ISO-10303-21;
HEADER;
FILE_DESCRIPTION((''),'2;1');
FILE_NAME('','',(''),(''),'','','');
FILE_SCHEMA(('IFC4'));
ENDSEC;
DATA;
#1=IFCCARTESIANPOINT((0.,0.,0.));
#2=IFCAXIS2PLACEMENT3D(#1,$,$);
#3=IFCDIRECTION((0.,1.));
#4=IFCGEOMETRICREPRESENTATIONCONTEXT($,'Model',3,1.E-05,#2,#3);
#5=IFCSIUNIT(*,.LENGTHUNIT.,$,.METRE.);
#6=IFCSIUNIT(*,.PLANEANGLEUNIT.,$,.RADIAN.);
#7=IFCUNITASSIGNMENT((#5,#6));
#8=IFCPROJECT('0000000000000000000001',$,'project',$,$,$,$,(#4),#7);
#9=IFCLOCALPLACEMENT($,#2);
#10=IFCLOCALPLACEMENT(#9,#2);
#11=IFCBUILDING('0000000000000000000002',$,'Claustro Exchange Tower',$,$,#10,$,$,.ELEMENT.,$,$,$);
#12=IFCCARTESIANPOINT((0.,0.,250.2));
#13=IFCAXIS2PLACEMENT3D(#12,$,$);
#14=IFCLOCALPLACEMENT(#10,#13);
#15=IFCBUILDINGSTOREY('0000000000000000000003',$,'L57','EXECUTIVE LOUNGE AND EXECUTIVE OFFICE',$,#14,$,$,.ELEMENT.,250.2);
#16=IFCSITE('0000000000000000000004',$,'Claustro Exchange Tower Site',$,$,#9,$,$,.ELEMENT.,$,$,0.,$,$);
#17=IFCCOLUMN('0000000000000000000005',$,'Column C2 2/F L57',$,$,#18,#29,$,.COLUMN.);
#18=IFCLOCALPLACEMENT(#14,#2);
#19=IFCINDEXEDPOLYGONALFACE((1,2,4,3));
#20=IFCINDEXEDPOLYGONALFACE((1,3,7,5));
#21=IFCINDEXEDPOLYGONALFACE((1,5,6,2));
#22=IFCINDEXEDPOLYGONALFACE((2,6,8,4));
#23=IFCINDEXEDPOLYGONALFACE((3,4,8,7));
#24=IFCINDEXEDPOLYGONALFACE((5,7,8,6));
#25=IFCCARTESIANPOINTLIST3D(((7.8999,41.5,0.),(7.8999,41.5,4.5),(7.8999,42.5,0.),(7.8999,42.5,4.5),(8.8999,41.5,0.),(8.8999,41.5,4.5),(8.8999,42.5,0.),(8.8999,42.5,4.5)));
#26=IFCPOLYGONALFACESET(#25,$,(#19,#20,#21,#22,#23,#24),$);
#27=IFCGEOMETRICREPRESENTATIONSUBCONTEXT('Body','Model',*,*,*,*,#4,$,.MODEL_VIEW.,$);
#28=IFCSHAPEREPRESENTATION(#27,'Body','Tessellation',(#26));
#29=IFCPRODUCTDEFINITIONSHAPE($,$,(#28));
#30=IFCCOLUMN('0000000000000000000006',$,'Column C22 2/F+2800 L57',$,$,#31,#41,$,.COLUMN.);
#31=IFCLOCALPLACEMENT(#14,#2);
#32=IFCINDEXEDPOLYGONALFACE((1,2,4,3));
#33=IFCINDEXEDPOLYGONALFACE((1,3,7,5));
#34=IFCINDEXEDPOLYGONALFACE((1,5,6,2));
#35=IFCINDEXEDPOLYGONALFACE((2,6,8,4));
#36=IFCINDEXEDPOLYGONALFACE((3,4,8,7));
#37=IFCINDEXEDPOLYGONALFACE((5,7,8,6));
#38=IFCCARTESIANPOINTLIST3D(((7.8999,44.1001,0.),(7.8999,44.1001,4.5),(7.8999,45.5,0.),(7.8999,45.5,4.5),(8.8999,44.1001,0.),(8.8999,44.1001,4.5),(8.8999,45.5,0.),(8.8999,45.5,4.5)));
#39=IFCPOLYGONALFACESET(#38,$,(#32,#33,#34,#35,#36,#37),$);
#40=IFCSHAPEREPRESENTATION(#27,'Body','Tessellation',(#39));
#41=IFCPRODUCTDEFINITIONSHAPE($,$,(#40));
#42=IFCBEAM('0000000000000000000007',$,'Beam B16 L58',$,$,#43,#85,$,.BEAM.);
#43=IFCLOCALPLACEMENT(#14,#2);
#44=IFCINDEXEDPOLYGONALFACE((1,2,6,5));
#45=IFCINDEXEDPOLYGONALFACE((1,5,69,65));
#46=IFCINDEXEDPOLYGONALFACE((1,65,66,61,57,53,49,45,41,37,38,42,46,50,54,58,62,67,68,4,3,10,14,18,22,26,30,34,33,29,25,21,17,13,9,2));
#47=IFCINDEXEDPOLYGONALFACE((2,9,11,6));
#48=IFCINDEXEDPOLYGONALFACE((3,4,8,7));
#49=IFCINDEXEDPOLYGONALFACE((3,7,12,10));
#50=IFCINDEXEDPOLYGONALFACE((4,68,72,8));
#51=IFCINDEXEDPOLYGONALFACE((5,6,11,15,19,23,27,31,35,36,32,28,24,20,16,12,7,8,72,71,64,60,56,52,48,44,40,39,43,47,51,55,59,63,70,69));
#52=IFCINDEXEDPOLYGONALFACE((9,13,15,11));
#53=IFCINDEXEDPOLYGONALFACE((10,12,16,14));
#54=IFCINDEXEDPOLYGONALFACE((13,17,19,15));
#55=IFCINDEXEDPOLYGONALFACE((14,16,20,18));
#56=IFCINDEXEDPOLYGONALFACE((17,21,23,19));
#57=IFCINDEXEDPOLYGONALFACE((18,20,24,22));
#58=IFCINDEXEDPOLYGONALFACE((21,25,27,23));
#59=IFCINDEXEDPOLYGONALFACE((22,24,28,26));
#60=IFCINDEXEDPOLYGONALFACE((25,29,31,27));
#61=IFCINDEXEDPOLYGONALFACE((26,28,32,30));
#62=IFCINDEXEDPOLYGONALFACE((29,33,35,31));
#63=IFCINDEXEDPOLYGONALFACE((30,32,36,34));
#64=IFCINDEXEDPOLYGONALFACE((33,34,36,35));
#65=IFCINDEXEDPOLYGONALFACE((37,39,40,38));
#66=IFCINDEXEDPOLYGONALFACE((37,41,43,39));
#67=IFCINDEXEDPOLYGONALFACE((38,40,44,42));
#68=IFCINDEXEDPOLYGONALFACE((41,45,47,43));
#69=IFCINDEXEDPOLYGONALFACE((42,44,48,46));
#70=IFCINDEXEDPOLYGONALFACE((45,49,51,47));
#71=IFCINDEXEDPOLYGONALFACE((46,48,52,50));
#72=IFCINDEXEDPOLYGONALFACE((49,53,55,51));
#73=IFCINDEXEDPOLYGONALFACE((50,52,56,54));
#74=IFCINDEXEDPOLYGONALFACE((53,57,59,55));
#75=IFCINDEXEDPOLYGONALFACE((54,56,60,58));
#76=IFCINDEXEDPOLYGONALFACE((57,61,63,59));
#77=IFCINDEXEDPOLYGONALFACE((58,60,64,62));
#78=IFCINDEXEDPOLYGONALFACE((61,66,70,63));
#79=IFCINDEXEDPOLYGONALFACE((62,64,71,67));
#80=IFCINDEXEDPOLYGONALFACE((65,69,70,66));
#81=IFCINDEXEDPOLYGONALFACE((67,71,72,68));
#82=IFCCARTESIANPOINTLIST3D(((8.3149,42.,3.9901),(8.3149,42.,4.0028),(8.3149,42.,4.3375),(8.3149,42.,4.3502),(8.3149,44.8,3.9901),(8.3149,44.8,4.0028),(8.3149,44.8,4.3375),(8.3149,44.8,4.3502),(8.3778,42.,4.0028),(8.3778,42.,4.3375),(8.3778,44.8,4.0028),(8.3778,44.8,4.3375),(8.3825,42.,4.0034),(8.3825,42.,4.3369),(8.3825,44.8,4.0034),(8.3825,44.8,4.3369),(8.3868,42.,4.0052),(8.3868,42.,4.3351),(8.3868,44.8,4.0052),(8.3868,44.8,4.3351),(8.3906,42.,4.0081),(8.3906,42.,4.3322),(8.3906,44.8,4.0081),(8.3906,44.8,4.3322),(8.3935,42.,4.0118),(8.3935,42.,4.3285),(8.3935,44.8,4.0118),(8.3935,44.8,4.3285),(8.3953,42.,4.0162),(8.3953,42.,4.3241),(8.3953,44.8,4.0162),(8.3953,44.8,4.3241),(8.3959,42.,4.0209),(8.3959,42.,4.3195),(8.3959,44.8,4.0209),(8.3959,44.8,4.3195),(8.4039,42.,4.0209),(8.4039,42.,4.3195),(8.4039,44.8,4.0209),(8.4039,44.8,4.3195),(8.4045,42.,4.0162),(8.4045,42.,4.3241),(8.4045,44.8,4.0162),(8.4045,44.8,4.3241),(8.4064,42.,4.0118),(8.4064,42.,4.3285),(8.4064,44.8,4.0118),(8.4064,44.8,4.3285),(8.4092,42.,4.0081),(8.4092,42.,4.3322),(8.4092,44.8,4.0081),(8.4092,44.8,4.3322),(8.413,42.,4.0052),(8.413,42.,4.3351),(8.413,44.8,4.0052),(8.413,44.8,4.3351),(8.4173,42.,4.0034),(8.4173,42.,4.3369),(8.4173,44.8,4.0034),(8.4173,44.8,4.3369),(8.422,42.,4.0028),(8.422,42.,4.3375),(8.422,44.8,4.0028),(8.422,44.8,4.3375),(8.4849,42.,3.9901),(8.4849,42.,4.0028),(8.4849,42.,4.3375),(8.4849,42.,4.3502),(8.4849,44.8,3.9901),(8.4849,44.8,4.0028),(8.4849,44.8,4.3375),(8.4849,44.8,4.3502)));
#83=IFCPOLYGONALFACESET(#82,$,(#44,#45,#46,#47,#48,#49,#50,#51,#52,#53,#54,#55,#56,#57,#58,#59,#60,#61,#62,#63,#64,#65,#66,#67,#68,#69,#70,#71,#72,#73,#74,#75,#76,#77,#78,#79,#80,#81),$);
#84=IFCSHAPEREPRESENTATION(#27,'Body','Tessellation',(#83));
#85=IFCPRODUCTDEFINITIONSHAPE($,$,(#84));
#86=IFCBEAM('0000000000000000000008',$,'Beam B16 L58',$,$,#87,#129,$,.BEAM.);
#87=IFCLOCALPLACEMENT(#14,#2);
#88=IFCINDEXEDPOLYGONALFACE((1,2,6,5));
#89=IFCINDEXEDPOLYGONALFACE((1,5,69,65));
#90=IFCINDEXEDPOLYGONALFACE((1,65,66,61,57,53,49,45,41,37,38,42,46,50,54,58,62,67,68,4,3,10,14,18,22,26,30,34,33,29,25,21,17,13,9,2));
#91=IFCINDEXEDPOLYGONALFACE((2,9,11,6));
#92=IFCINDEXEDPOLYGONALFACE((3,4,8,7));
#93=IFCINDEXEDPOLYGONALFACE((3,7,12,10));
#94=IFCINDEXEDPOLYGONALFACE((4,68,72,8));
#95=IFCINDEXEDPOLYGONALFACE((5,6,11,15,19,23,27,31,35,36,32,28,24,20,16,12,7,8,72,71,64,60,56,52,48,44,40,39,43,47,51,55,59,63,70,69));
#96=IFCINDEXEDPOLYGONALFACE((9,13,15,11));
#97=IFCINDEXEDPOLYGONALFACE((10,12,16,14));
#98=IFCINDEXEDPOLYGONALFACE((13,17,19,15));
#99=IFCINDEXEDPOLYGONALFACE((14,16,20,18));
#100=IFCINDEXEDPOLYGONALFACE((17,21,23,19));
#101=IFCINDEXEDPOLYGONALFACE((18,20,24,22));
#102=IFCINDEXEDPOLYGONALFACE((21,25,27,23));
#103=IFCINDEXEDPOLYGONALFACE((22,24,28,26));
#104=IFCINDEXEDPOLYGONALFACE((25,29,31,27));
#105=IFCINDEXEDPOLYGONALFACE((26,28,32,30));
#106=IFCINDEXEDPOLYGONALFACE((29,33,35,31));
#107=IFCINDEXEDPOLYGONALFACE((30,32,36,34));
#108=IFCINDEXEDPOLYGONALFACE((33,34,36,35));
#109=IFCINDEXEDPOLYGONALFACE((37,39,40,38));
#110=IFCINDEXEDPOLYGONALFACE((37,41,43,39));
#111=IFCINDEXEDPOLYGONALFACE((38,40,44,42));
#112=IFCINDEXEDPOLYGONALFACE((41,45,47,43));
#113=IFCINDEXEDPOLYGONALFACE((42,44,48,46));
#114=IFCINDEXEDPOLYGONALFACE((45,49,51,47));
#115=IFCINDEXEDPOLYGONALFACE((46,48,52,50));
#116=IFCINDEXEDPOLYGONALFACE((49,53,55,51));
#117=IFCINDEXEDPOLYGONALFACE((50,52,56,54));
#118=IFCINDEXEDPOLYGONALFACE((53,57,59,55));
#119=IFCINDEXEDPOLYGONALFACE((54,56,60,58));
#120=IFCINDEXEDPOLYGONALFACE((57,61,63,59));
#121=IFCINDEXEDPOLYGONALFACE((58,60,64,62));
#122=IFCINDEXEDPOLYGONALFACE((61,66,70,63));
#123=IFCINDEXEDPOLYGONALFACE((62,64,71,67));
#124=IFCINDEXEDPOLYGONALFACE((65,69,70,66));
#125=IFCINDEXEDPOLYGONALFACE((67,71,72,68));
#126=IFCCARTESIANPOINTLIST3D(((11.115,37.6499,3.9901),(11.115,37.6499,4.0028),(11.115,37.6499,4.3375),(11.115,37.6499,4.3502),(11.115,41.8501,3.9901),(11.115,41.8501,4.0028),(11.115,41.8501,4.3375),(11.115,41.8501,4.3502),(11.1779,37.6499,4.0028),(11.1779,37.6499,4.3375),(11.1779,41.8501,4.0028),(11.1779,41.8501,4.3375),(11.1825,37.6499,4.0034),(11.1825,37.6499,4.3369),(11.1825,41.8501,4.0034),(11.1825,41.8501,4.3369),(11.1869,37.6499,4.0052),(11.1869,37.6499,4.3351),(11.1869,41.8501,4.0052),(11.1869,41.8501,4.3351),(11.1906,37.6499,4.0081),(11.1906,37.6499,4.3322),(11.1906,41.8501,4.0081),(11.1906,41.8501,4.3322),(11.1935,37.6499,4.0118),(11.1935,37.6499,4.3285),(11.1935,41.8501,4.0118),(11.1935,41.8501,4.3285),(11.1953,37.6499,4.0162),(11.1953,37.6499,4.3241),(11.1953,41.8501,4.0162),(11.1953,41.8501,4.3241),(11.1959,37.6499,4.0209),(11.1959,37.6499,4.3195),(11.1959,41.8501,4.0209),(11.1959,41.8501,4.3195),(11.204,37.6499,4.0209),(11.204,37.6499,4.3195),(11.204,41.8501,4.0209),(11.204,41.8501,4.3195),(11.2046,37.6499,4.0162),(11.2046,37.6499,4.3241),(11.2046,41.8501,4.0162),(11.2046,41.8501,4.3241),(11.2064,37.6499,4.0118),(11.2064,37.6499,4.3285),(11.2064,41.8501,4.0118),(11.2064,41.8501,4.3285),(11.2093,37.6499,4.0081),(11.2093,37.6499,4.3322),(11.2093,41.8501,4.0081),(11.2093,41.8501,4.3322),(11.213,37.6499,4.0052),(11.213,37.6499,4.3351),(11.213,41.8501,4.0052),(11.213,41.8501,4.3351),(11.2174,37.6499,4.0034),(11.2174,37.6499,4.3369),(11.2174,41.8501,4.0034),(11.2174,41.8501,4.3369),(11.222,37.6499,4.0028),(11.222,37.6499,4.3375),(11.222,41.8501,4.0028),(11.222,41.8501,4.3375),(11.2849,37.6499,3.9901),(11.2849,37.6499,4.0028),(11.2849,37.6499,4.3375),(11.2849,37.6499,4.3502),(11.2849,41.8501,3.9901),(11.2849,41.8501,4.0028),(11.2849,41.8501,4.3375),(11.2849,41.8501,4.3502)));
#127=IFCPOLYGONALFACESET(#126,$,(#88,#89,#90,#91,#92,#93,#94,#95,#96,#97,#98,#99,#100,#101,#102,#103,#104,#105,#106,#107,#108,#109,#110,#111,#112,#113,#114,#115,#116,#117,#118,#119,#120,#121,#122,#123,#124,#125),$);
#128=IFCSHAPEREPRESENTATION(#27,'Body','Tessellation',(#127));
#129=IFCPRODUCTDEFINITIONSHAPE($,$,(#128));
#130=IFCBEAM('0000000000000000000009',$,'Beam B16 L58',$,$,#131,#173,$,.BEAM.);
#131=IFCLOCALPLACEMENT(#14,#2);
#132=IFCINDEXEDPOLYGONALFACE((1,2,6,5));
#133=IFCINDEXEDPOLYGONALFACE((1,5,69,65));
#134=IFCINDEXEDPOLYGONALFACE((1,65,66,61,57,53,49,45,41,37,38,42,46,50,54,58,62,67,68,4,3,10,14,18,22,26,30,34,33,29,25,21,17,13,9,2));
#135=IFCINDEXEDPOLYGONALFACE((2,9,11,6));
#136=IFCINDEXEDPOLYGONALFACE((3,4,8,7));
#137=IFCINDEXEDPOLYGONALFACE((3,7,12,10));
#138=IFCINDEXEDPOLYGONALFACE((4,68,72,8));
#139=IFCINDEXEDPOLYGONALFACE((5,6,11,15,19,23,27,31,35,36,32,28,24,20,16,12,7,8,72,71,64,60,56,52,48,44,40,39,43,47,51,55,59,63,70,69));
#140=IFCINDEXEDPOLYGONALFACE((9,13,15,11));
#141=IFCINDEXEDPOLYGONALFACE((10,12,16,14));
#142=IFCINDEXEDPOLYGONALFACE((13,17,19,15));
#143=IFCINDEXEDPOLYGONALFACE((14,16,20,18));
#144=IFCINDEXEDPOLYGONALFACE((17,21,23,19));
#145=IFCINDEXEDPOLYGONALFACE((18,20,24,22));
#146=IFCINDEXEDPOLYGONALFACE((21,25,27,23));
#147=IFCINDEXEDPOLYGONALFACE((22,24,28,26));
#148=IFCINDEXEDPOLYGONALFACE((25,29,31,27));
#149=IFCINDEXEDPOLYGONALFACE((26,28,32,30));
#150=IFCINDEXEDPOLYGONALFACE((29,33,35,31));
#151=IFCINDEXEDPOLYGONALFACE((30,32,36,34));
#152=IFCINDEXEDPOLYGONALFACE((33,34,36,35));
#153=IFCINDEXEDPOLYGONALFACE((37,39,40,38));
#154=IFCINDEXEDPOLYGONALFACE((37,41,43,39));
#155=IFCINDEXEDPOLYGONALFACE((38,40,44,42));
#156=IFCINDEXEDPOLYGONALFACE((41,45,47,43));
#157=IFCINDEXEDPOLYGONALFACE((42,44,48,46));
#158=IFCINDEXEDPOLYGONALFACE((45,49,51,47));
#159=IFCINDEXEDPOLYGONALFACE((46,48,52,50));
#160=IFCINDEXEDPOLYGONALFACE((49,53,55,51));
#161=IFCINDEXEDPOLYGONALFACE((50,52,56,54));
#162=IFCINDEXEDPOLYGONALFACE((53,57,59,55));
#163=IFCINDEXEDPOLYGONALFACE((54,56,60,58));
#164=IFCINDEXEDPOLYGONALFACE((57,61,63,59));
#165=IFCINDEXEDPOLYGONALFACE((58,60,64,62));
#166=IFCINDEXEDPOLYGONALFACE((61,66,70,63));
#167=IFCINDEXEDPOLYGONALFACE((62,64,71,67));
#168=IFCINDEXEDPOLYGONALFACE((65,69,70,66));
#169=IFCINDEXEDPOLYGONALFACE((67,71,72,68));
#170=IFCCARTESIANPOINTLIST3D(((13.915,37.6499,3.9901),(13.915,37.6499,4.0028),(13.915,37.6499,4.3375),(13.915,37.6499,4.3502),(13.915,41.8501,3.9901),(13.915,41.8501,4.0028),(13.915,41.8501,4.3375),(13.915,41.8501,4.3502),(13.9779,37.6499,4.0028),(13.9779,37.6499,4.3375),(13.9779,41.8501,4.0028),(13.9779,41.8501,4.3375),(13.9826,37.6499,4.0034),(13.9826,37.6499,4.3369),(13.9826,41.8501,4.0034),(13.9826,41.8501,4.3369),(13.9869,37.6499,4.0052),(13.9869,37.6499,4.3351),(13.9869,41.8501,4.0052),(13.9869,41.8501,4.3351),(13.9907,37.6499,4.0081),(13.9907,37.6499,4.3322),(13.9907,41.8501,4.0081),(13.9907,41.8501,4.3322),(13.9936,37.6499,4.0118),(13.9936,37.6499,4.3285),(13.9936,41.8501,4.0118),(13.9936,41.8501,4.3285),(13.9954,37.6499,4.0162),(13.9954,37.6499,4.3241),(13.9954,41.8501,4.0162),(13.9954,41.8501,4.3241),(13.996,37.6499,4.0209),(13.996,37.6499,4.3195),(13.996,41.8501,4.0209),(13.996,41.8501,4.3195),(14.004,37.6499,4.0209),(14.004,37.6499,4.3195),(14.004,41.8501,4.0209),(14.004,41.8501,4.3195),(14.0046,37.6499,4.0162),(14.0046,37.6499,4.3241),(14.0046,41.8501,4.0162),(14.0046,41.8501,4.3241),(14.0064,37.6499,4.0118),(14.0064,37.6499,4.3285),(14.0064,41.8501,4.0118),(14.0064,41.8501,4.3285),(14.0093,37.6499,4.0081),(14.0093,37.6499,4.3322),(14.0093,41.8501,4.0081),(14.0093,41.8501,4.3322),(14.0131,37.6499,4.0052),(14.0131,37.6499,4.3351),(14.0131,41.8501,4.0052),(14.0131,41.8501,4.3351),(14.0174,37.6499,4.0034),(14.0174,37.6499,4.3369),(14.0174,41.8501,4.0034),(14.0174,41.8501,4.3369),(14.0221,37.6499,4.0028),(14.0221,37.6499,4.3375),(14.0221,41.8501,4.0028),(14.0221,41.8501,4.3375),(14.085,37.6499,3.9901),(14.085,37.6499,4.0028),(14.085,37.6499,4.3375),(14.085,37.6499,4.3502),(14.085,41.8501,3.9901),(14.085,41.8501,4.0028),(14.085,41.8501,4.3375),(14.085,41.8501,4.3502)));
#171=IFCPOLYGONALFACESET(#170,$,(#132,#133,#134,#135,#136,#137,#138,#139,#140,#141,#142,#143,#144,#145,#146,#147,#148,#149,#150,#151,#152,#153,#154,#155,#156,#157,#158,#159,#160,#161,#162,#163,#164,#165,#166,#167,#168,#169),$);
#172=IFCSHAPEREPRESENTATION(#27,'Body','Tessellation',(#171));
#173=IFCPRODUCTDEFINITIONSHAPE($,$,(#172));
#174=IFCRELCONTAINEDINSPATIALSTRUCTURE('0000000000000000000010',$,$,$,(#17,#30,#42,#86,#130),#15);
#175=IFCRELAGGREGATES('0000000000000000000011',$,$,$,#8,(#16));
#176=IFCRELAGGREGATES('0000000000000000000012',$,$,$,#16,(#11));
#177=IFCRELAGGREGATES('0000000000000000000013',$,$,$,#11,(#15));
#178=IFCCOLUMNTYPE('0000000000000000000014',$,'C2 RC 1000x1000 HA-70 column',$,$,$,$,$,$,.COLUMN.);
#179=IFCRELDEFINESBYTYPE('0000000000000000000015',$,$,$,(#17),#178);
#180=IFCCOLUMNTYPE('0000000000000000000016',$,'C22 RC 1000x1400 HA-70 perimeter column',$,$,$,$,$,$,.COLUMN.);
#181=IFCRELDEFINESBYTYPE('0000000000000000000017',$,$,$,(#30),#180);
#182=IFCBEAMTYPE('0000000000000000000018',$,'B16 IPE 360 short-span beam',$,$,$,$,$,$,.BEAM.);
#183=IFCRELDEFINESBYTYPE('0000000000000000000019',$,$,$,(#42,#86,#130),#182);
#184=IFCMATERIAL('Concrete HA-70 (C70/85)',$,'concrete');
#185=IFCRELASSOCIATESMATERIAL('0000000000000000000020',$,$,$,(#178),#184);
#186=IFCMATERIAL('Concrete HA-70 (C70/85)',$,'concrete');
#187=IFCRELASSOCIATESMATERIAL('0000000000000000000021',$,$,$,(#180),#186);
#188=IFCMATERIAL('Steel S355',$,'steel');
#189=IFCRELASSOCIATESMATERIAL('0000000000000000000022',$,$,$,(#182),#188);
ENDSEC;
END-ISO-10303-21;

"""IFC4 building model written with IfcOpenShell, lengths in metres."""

from ifc_helpers import new_model, si_unit, direction, frame, origin, origin_2d, place, context, subcontext, project, spatial, rectangle, i_section, extrude, material, material_profile, profile_set, type_object, element, save


model = new_model("IFC4")

# Units and contexts
model_context = context("Model", 3, precision=1e-05, world=origin(), true_north=direction((0.0, 1.0)))
body_context = subcontext(model_context, "Body", "Model", "MODEL_VIEW")
ifc_project = project(units=[si_unit("LENGTHUNIT", "METRE"), si_unit("PLANEANGLEUNIT", "RADIAN")], contexts=[model_context])

# Site, building, storey
site_placement = place(None, origin())
site = spatial("IfcSite", under=ifc_project, at=site_placement, Name="Claustro Exchange Tower Site", CompositionType="ELEMENT", RefElevation=0.0)
building_placement = place(site_placement, origin())
building = spatial("IfcBuilding", under=site, at=building_placement, Name="Claustro Exchange Tower", CompositionType="ELEMENT")
storey_placement = place(building_placement, frame((0.0, 0.0, 250.2)))
storey = spatial("IfcBuildingStorey", under=building, at=storey_placement, Name="L57", Description="EXECUTIVE LOUNGE AND EXECUTIVE OFFICE", CompositionType="ELEMENT", Elevation=250.2)

# Columns
ifc_material_1 = material(Name="Concrete HA-70 (C70/85)", Category="concrete")
ifc_material_profile_1 = material_profile(ifc_material_1, rectangle(XDim=1.0, YDim=1.0, at=origin_2d()), Name="RC 1000x1000")
ifc_profile_set_1 = profile_set([ifc_material_profile_1], Name="Concrete HA-70 (C70/85)")
column_type_1 = type_object("IfcColumnType", Name="C2 RC 1000x1000 HA-70 column", PredefinedType="COLUMN", material=ifc_profile_set_1)
column_1_placement = place(storey_placement, frame((8.3999, 42.0, 0.0), z_axis=(0.0, 0.0, 1.0), x_axis=(1.0, 0.0, 0.0)))
element("IfcColumn", 1, at=column_1_placement, inside=storey, type_object=column_type_1, Name="Column C2 2/F L57", PredefinedType="COLUMN", context=body_context, shape_type="SweptSolid", body=[
    extrude(rectangle(XDim=1.0, YDim=1.0, at=origin_2d()), origin(), (0.0, 0.0, 1.0), 4.5),
])
ifc_material_2 = material(Name="Concrete HA-70 (C70/85)", Category="concrete")
ifc_material_profile_2 = material_profile(ifc_material_2, rectangle(XDim=1.0, YDim=1.3999, at=origin_2d()), Name="RC 1000x1400")
ifc_profile_set_2 = profile_set([ifc_material_profile_2], Name="Concrete HA-70 (C70/85)")
column_type_2 = type_object("IfcColumnType", Name="C22 RC 1000x1400 HA-70 perimeter column", PredefinedType="COLUMN", material=ifc_profile_set_2)
column_2_placement = place(storey_placement, frame((8.3999, 44.8, 0.0), z_axis=(0.0, 0.0, 1.0), x_axis=(1.0, 0.0, 0.0)))
element("IfcColumn", 2, at=column_2_placement, inside=storey, type_object=column_type_2, Name="Column C22 2/F+2800 L57", PredefinedType="COLUMN", context=body_context, shape_type="SweptSolid", body=[
    extrude(rectangle(XDim=1.0, YDim=1.3999, at=origin_2d()), origin(), (0.0, 0.0, 1.0), 4.5),
])

# Beams
ifc_material_3 = material(Name="Steel S355", Category="steel")
ifc_material_profile_3 = material_profile(ifc_material_3, i_section(OverallWidth=0.1699, OverallDepth=0.3601, WebThickness=0.0081, FlangeThickness=0.0127, FilletRadius=0.0181, at=origin_2d()), Name="IPE 360")
ifc_profile_set_3 = profile_set([ifc_material_profile_3], Name="Steel S355")
beam_type_1 = type_object("IfcBeamType", Name="B16 IPE 360 short-span beam", PredefinedType="BEAM", material=ifc_profile_set_3)
beam_1_placement = place(storey_placement, frame((8.3999, 42.0, 4.1702), z_axis=(0.0, 1.0, 0.0), x_axis=(-1.0, 0.0, 0.0)))
element("IfcBeam", 3, at=beam_1_placement, inside=storey, type_object=beam_type_1, Name="Beam B16 L58", PredefinedType="BEAM", context=body_context, shape_type="SweptSolid", body=[
    extrude(i_section(OverallWidth=0.1699, OverallDepth=0.3601, WebThickness=0.0081, FlangeThickness=0.0127, FilletRadius=0.0181, at=origin_2d()), origin(), (0.0, 0.0, 1.0), 2.8),
])
for number, where, z_axis, x_axis, name in (
    (4, (11.2, 37.6499, 4.1702), (0.0, 1.0, 0.0), (-1.0, 0.0, 0.0), "Beam B16 L58"),
    (5, (14.0, 37.6499, 4.1702), (0.0, 1.0, 0.0), (-1.0, 0.0, 0.0), "Beam B16 L58"),
):
    element("IfcBeam", number, at=place(storey_placement, frame(where, z_axis=z_axis, x_axis=x_axis)), inside=storey, type_object=beam_type_1, Name=name, PredefinedType="BEAM", context=body_context, shape_type="SweptSolid", body=[
        extrude(i_section(OverallWidth=0.1699, OverallDepth=0.3601, WebThickness=0.0081, FlangeThickness=0.0127, FilletRadius=0.0181, at=origin_2d()), origin(), (0.0, 0.0, 1.0), 4.2002),
    ])

save(model, "model.ifc")
